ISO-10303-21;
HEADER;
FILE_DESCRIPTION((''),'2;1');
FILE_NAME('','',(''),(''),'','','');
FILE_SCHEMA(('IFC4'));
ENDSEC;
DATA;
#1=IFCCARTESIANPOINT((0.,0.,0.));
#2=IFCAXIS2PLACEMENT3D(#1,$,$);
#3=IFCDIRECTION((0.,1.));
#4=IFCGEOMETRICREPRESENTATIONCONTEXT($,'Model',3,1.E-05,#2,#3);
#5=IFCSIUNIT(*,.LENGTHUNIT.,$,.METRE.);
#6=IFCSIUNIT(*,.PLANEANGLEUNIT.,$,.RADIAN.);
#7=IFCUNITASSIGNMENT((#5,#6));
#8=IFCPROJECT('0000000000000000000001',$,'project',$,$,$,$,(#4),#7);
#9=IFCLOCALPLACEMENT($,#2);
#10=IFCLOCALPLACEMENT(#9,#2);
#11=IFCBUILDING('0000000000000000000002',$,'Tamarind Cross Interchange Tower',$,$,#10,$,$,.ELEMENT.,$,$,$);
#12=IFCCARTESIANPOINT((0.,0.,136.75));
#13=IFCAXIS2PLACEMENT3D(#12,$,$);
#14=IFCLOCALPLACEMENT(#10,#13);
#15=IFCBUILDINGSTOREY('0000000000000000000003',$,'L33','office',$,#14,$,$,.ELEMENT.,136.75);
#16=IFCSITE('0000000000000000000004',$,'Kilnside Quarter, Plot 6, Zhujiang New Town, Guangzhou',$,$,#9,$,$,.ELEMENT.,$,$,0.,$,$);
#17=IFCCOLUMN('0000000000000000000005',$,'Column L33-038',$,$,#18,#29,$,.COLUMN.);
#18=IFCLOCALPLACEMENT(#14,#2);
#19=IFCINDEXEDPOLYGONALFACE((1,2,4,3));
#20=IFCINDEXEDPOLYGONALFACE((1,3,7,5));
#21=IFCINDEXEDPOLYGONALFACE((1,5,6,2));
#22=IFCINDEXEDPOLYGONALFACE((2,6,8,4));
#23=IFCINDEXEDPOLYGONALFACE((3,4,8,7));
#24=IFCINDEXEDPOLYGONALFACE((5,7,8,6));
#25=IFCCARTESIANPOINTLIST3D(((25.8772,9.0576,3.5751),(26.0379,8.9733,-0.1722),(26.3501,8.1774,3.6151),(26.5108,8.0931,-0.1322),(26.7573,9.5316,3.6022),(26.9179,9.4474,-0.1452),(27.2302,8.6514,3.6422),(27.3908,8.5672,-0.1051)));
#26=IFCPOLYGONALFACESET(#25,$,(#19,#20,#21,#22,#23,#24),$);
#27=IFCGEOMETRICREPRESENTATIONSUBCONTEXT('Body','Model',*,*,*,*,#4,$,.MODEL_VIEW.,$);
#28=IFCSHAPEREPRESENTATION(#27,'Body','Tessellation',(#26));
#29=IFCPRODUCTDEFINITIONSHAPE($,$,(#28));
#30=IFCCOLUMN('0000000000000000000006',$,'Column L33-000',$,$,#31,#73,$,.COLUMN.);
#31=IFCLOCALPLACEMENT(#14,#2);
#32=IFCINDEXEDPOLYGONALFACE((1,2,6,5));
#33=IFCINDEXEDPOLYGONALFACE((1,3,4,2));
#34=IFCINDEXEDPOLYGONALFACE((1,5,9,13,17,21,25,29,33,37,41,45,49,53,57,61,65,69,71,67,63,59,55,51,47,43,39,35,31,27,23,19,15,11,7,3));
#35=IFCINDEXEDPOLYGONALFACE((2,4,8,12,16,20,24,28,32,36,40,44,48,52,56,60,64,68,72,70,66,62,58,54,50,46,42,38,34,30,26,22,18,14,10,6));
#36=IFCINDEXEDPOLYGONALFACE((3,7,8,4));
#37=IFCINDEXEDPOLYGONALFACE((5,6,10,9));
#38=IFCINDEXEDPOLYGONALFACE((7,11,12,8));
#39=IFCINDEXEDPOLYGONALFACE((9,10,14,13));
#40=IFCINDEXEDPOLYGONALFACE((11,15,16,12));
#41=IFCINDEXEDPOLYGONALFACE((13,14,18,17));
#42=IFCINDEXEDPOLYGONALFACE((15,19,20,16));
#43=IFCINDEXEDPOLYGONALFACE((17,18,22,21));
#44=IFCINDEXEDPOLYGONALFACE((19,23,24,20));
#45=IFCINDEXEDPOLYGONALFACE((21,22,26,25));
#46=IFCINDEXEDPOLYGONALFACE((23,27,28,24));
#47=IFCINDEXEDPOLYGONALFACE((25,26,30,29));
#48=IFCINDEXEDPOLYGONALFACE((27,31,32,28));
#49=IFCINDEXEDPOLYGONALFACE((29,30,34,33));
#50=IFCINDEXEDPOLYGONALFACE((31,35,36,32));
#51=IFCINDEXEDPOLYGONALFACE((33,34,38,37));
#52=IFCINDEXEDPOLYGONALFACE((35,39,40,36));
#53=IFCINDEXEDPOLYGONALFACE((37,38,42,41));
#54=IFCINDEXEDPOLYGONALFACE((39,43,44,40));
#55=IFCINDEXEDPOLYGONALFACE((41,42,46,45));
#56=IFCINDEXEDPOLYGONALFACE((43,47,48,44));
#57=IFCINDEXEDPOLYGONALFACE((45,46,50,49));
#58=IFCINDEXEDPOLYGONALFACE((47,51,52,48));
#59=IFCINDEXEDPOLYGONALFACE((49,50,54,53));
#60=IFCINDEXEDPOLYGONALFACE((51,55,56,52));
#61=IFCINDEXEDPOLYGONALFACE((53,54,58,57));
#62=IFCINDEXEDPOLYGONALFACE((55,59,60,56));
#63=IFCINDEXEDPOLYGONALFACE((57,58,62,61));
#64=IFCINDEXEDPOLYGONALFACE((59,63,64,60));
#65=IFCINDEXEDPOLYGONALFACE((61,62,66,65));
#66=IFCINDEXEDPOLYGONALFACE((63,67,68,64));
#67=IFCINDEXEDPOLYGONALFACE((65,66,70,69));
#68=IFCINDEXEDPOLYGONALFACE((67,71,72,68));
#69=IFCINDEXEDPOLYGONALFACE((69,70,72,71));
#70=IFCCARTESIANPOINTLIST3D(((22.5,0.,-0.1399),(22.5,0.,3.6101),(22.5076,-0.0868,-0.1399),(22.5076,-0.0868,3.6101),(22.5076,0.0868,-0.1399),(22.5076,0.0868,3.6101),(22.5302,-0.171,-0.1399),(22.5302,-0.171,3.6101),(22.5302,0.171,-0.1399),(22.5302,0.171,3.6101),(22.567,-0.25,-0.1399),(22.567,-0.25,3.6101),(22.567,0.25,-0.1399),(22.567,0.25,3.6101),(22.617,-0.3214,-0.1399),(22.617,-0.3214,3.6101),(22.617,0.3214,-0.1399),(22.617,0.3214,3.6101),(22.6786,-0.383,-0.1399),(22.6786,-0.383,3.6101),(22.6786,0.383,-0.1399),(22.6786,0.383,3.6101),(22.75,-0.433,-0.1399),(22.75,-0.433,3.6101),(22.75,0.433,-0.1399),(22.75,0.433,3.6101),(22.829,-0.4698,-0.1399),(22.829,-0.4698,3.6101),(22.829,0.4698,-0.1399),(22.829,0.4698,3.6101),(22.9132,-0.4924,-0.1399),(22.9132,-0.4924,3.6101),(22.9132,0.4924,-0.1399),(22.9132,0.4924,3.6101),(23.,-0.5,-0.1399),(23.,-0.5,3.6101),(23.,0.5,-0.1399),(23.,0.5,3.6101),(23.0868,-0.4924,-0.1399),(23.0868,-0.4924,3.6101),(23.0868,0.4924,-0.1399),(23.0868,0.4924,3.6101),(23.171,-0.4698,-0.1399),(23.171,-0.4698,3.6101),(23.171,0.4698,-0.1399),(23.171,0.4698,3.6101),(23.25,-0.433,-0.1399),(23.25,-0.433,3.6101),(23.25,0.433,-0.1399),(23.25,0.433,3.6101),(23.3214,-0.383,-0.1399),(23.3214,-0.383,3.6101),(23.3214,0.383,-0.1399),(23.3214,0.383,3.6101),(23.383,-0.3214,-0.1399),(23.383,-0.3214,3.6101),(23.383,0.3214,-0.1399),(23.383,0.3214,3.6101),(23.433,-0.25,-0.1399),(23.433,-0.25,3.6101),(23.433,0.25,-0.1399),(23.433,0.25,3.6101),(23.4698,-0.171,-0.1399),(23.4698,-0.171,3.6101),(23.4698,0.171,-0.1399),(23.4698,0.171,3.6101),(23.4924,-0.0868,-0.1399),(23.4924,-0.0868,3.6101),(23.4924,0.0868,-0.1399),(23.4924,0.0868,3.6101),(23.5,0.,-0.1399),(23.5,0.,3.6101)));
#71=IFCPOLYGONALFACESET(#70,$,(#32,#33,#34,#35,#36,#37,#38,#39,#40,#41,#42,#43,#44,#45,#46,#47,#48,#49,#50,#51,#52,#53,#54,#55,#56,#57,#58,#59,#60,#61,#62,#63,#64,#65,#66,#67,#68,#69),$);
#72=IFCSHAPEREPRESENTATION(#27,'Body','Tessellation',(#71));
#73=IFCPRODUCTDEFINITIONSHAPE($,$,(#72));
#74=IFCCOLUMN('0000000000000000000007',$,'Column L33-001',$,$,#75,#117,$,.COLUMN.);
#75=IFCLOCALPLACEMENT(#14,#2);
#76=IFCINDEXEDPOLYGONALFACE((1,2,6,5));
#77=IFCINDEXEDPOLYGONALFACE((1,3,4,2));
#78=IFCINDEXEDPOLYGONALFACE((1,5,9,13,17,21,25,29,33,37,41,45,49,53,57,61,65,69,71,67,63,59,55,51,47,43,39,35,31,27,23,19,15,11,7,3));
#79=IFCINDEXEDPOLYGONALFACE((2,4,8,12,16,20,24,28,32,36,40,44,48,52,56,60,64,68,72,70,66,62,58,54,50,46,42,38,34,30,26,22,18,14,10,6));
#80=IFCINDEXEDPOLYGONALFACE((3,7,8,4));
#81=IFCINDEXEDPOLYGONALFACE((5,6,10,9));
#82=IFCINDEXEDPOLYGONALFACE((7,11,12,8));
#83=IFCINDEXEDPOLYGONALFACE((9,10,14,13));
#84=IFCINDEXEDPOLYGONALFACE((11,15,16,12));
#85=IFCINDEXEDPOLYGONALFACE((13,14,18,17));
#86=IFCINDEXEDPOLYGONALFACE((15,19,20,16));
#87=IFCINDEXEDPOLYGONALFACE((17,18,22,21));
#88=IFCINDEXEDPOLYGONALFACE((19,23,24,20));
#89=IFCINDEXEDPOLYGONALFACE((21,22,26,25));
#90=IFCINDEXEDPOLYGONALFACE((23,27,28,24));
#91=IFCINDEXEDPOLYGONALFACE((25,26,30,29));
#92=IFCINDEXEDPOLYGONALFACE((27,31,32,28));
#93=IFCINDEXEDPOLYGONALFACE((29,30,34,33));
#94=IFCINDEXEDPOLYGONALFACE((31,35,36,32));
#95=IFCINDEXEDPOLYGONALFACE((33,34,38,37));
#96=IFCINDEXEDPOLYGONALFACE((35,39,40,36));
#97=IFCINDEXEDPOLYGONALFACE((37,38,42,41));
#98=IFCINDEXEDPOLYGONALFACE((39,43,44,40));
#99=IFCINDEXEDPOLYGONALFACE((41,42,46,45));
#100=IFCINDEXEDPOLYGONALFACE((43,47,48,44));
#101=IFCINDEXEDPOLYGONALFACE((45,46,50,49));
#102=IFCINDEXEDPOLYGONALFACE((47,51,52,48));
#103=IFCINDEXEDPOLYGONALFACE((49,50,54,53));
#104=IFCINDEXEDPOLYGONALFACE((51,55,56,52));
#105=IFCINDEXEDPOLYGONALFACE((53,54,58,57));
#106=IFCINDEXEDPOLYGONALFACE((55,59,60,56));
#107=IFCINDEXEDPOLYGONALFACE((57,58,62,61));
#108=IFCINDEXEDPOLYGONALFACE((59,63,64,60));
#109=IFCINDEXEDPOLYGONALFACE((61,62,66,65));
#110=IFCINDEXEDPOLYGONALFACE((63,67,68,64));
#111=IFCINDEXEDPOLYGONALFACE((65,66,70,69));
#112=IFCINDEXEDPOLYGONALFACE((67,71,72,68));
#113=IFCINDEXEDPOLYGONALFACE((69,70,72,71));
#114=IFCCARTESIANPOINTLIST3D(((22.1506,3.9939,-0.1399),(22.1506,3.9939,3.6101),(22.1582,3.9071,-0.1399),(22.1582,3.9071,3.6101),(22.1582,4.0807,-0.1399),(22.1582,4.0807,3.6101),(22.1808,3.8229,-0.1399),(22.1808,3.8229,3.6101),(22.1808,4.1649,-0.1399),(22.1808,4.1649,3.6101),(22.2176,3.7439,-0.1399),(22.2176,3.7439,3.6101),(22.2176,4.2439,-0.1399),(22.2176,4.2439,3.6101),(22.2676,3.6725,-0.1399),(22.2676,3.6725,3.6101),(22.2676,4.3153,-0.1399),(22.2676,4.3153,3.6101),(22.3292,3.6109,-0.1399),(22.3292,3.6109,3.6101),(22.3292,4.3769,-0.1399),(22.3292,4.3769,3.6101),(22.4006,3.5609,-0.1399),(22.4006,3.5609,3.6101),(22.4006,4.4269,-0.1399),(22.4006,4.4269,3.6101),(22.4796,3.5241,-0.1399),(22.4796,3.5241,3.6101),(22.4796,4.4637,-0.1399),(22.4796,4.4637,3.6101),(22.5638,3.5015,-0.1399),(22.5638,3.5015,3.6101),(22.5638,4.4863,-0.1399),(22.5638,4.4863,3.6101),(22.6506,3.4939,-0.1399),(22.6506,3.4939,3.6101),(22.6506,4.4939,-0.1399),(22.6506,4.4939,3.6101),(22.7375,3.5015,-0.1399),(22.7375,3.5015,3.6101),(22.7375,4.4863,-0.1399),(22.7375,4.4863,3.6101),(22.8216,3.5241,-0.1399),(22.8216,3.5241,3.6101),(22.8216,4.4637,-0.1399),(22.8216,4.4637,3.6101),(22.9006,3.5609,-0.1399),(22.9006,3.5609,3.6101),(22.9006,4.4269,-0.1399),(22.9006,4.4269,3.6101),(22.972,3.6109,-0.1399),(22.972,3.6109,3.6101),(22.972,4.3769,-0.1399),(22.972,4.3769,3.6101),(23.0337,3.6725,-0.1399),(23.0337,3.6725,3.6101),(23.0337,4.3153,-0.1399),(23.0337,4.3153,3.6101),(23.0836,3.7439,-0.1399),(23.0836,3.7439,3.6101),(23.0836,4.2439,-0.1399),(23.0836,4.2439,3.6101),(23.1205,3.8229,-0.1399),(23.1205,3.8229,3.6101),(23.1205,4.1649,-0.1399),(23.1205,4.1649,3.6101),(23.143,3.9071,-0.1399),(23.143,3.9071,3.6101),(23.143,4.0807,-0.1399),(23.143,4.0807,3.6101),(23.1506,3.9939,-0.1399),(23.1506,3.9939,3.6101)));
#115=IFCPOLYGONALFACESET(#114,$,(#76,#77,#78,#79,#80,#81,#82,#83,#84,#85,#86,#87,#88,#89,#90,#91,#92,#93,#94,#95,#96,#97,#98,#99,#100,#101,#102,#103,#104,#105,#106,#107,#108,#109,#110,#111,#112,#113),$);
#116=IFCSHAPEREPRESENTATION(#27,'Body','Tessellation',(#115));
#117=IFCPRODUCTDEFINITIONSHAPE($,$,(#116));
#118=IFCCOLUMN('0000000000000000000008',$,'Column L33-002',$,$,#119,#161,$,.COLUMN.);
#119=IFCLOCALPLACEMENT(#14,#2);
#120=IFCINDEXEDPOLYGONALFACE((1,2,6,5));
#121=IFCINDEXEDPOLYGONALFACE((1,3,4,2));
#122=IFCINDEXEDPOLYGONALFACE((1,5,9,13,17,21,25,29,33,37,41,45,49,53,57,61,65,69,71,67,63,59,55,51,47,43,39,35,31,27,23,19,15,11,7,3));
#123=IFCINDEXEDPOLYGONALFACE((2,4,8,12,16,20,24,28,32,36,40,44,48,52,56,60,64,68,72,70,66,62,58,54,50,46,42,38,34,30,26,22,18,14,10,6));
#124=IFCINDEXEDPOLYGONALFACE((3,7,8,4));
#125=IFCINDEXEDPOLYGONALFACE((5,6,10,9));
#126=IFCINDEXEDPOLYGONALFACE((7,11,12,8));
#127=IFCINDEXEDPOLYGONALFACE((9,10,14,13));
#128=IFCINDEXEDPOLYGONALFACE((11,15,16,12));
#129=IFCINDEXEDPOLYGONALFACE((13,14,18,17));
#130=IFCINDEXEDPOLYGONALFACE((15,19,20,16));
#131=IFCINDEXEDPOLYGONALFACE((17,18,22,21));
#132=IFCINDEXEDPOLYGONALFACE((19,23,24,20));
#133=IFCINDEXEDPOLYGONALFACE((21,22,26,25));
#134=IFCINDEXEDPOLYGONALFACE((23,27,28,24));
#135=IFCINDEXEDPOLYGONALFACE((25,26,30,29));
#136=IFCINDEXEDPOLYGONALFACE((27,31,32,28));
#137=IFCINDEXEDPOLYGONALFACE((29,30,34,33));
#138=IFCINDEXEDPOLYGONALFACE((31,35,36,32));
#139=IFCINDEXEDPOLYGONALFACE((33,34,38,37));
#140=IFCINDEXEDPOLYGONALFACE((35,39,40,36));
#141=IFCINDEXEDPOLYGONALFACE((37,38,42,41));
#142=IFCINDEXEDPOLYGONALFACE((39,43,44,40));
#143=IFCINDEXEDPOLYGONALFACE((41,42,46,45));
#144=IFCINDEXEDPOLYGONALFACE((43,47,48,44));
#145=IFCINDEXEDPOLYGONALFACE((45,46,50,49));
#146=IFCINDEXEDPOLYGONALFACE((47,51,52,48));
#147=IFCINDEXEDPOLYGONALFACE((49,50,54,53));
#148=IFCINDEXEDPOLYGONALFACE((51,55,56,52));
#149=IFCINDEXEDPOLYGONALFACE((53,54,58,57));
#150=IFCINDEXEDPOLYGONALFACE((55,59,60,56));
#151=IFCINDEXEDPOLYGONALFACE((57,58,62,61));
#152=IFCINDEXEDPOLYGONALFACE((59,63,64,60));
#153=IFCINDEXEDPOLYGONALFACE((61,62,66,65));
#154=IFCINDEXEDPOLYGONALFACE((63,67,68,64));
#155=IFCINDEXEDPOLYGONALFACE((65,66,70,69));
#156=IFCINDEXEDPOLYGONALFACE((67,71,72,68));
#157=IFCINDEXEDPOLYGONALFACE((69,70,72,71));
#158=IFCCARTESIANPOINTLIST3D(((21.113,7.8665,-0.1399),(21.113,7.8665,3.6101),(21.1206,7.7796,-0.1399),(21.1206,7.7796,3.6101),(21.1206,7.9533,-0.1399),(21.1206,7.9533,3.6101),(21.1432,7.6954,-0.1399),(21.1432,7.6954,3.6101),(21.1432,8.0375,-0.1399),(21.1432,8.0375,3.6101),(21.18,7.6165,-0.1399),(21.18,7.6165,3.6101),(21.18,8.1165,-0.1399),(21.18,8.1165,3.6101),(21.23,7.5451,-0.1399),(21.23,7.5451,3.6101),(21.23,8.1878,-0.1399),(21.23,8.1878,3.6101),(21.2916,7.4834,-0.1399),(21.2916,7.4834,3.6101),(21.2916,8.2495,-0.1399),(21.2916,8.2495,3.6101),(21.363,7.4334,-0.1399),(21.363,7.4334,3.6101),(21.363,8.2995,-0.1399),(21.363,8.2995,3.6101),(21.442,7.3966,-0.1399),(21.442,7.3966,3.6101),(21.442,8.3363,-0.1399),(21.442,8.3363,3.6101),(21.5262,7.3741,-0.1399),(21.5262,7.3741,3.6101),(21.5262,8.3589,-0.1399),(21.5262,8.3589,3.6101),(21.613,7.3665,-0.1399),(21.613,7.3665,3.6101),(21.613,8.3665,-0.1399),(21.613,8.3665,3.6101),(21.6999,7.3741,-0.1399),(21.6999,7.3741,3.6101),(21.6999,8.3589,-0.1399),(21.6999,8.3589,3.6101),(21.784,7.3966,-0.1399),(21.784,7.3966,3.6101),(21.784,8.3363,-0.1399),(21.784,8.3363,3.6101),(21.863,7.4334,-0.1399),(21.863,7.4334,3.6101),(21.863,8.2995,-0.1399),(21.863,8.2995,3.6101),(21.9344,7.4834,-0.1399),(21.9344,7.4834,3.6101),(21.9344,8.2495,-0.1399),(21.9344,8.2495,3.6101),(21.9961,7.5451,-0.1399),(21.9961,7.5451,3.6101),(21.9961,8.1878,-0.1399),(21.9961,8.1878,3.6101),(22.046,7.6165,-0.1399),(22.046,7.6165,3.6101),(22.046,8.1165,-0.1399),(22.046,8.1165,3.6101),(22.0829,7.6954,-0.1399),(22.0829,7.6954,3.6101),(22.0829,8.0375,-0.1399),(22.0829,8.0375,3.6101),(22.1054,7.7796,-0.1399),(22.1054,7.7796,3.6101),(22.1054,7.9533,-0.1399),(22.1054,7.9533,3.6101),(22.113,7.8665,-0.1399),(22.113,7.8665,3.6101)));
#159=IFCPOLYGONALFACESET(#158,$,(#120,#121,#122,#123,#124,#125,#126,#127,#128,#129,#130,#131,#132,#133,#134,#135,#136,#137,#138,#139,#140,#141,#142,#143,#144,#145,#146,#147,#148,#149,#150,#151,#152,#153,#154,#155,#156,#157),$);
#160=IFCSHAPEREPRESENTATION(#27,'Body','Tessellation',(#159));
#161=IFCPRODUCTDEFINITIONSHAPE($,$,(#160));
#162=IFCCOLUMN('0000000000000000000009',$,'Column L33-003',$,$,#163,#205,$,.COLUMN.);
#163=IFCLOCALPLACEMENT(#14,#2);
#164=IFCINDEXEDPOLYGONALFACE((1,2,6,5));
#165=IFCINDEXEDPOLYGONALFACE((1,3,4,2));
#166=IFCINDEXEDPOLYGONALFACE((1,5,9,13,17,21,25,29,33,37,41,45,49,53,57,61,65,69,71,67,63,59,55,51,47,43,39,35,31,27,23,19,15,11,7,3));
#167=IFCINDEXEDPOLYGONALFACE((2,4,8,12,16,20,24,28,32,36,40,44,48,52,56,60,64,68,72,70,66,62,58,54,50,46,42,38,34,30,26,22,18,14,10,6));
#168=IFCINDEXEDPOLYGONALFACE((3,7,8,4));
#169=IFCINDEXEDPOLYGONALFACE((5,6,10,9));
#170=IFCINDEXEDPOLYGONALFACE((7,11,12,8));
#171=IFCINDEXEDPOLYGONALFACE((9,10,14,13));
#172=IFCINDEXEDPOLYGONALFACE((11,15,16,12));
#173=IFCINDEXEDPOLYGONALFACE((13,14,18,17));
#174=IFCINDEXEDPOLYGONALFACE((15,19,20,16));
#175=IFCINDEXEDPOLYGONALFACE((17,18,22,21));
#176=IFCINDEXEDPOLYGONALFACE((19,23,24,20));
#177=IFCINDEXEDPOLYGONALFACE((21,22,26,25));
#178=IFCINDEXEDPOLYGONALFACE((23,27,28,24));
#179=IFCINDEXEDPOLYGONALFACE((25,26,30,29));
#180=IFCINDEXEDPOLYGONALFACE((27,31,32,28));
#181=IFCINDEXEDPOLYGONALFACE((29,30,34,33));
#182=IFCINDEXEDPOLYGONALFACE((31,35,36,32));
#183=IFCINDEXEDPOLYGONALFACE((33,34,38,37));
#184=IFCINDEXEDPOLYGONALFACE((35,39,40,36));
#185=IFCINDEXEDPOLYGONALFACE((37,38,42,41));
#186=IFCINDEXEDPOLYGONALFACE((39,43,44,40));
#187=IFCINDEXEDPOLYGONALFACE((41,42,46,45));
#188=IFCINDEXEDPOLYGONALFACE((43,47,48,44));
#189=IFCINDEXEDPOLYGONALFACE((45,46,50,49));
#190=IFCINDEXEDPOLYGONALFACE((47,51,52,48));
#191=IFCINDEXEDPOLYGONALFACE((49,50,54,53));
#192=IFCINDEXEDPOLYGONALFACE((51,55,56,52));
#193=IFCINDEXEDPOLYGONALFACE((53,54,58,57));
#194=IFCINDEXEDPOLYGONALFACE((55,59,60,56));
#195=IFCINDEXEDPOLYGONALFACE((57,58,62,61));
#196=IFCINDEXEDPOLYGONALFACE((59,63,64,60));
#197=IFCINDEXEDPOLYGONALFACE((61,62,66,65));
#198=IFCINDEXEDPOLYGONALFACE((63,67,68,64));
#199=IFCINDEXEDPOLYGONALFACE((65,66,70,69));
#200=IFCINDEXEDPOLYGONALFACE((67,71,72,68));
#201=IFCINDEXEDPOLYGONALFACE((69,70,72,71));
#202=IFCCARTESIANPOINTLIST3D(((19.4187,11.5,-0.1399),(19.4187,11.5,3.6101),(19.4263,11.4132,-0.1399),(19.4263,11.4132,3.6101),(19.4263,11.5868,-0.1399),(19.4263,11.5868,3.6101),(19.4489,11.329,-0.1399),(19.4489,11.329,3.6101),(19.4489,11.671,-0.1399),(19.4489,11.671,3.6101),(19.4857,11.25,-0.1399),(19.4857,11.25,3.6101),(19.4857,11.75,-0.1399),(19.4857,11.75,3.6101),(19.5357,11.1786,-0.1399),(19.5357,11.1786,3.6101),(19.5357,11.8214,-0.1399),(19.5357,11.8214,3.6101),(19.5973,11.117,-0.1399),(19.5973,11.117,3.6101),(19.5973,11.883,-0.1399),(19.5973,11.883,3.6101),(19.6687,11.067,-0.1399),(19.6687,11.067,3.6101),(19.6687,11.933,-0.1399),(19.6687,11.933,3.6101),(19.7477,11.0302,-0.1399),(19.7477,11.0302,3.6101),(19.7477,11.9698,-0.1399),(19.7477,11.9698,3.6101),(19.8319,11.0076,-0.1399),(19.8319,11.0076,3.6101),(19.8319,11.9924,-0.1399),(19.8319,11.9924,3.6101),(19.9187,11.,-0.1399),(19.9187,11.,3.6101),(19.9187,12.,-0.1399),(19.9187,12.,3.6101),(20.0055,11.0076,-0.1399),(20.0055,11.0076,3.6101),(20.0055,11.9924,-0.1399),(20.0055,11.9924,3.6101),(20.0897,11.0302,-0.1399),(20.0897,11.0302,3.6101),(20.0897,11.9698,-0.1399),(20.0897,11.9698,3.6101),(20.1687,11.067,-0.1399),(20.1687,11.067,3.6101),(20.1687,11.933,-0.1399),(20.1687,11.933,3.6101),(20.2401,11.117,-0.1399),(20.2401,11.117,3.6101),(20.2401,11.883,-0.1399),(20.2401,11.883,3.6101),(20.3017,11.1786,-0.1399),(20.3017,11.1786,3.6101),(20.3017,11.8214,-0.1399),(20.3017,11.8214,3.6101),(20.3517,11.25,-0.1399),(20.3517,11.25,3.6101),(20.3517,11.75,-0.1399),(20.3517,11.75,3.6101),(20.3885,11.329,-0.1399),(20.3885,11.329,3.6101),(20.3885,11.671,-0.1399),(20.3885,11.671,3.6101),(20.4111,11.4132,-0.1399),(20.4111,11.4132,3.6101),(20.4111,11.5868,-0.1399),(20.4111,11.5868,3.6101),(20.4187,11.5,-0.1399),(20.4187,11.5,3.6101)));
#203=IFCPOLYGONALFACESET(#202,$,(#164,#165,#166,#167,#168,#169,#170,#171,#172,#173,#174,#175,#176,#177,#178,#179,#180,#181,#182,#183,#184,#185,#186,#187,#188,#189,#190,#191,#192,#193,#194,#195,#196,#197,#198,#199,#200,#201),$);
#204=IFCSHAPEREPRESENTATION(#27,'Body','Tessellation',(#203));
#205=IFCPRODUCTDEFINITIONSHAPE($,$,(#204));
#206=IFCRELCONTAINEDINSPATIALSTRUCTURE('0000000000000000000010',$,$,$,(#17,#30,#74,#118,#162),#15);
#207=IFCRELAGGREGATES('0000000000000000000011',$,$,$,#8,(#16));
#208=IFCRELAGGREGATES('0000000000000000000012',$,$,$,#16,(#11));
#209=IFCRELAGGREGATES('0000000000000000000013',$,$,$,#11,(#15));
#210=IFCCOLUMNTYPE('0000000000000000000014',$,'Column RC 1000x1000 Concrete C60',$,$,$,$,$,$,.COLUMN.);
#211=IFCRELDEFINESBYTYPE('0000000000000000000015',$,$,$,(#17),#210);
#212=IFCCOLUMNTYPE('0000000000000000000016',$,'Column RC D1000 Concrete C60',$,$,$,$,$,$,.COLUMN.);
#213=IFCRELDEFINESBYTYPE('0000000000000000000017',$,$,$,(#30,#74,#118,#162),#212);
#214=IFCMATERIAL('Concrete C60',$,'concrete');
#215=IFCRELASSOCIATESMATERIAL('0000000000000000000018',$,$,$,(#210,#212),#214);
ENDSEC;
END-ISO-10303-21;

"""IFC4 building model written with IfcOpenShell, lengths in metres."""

from ifc_helpers import new_model, si_unit, direction, frame, origin, origin_2d, place, context, subcontext, project, spatial, rectangle, circle, extrude, material, material_profile, profile_set, type_object, element, save


model = new_model("IFC4")

# Units and contexts
model_context = context("Model", 3, precision=1e-05, world=origin(), true_north=direction((0.0, 1.0)))
body_context = subcontext(model_context, "Body", "Model", "MODEL_VIEW")
ifc_project = project(units=[si_unit("LENGTHUNIT", "METRE"), si_unit("PLANEANGLEUNIT", "RADIAN")], contexts=[model_context])

# Site, building, storey
site_placement = place(None, origin())
site = spatial("IfcSite", under=ifc_project, at=site_placement, Name="Kilnside Quarter, Plot 6, Zhujiang New Town, Guangzhou", CompositionType="ELEMENT", RefElevation=0.0)
building_placement = place(site_placement, origin())
building = spatial("IfcBuilding", under=site, at=building_placement, Name="Tamarind Cross Interchange Tower", CompositionType="ELEMENT")
storey_placement = place(building_placement, frame((0.0, 0.0, 136.75)))
storey = spatial("IfcBuildingStorey", under=building, at=storey_placement, Name="L33", Description="office", CompositionType="ELEMENT", Elevation=136.75)

# Columns
ifc_material_1 = material(Name="Concrete C60", Category="concrete")
ifc_material_profile_1 = material_profile(ifc_material_1, rectangle(XDim=1.0, YDim=1.0, at=origin_2d()), Name="RC 1000x1000")
ifc_profile_set_1 = profile_set([ifc_material_profile_1], Name="Concrete C60")
column_type_1 = type_object("IfcColumnType", Name="Column RC 1000x1000 Concrete C60", PredefinedType="COLUMN", material=ifc_profile_set_1)
column_placement = place(storey_placement, frame((26.7144, 8.7703, -0.1387), z_axis=(-0.042819, 0.022451, 0.998831), x_axis=(0.472898, -0.880206, 0.040057)))
element("IfcColumn", 1, at=column_placement, inside=storey, type_object=column_type_1, Name="Column L33-038", PredefinedType="COLUMN", context=body_context, shape_type="SweptSolid", body=[
    extrude(rectangle(XDim=1.0, YDim=1.0, at=origin_2d()), origin(), (0.0, 0.0, 1.0), 3.7517),
])
ifc_material_profile_2 = material_profile(ifc_material_1, circle(Radius=0.5, at=origin_2d()), Name="RC D1000")
ifc_profile_set_2 = profile_set([ifc_material_profile_2], Name="Concrete C60")
column_type_2 = type_object("IfcColumnType", Name="Column RC D1000 Concrete C60", PredefinedType="COLUMN", material=ifc_profile_set_2)
for number, where, z_axis, x_axis, name in (
    (2, (23.0, 0.0, -0.1399), (0.0, 0.0, 1.0), (1.0, 0.0, 0.0), "Column L33-000"),
    (3, (22.6506, 3.9939, -0.1399), (0.0, 0.0, 1.0), (1.0, 0.0, 0.0), "Column L33-001"),
    (4, (21.613, 7.8665, -0.1399), (0.0, 0.0, 1.0), (1.0, 0.0, 0.0), "Column L33-002"),
    (5, (19.9187, 11.5, -0.1399), (0.0, 0.0, 1.0), (1.0, 0.0, 0.0), "Column L33-003"),
):
    element("IfcColumn", number, at=place(storey_placement, frame(where, z_axis=z_axis, x_axis=x_axis)), inside=storey, type_object=column_type_2, Name=name, PredefinedType="COLUMN", context=body_context, shape_type="SweptSolid", body=[
        extrude(circle(Radius=0.5, at=origin_2d()), origin(), (0.0, 0.0, 1.0), 3.75),
    ])

save(model, "model.ifc")
